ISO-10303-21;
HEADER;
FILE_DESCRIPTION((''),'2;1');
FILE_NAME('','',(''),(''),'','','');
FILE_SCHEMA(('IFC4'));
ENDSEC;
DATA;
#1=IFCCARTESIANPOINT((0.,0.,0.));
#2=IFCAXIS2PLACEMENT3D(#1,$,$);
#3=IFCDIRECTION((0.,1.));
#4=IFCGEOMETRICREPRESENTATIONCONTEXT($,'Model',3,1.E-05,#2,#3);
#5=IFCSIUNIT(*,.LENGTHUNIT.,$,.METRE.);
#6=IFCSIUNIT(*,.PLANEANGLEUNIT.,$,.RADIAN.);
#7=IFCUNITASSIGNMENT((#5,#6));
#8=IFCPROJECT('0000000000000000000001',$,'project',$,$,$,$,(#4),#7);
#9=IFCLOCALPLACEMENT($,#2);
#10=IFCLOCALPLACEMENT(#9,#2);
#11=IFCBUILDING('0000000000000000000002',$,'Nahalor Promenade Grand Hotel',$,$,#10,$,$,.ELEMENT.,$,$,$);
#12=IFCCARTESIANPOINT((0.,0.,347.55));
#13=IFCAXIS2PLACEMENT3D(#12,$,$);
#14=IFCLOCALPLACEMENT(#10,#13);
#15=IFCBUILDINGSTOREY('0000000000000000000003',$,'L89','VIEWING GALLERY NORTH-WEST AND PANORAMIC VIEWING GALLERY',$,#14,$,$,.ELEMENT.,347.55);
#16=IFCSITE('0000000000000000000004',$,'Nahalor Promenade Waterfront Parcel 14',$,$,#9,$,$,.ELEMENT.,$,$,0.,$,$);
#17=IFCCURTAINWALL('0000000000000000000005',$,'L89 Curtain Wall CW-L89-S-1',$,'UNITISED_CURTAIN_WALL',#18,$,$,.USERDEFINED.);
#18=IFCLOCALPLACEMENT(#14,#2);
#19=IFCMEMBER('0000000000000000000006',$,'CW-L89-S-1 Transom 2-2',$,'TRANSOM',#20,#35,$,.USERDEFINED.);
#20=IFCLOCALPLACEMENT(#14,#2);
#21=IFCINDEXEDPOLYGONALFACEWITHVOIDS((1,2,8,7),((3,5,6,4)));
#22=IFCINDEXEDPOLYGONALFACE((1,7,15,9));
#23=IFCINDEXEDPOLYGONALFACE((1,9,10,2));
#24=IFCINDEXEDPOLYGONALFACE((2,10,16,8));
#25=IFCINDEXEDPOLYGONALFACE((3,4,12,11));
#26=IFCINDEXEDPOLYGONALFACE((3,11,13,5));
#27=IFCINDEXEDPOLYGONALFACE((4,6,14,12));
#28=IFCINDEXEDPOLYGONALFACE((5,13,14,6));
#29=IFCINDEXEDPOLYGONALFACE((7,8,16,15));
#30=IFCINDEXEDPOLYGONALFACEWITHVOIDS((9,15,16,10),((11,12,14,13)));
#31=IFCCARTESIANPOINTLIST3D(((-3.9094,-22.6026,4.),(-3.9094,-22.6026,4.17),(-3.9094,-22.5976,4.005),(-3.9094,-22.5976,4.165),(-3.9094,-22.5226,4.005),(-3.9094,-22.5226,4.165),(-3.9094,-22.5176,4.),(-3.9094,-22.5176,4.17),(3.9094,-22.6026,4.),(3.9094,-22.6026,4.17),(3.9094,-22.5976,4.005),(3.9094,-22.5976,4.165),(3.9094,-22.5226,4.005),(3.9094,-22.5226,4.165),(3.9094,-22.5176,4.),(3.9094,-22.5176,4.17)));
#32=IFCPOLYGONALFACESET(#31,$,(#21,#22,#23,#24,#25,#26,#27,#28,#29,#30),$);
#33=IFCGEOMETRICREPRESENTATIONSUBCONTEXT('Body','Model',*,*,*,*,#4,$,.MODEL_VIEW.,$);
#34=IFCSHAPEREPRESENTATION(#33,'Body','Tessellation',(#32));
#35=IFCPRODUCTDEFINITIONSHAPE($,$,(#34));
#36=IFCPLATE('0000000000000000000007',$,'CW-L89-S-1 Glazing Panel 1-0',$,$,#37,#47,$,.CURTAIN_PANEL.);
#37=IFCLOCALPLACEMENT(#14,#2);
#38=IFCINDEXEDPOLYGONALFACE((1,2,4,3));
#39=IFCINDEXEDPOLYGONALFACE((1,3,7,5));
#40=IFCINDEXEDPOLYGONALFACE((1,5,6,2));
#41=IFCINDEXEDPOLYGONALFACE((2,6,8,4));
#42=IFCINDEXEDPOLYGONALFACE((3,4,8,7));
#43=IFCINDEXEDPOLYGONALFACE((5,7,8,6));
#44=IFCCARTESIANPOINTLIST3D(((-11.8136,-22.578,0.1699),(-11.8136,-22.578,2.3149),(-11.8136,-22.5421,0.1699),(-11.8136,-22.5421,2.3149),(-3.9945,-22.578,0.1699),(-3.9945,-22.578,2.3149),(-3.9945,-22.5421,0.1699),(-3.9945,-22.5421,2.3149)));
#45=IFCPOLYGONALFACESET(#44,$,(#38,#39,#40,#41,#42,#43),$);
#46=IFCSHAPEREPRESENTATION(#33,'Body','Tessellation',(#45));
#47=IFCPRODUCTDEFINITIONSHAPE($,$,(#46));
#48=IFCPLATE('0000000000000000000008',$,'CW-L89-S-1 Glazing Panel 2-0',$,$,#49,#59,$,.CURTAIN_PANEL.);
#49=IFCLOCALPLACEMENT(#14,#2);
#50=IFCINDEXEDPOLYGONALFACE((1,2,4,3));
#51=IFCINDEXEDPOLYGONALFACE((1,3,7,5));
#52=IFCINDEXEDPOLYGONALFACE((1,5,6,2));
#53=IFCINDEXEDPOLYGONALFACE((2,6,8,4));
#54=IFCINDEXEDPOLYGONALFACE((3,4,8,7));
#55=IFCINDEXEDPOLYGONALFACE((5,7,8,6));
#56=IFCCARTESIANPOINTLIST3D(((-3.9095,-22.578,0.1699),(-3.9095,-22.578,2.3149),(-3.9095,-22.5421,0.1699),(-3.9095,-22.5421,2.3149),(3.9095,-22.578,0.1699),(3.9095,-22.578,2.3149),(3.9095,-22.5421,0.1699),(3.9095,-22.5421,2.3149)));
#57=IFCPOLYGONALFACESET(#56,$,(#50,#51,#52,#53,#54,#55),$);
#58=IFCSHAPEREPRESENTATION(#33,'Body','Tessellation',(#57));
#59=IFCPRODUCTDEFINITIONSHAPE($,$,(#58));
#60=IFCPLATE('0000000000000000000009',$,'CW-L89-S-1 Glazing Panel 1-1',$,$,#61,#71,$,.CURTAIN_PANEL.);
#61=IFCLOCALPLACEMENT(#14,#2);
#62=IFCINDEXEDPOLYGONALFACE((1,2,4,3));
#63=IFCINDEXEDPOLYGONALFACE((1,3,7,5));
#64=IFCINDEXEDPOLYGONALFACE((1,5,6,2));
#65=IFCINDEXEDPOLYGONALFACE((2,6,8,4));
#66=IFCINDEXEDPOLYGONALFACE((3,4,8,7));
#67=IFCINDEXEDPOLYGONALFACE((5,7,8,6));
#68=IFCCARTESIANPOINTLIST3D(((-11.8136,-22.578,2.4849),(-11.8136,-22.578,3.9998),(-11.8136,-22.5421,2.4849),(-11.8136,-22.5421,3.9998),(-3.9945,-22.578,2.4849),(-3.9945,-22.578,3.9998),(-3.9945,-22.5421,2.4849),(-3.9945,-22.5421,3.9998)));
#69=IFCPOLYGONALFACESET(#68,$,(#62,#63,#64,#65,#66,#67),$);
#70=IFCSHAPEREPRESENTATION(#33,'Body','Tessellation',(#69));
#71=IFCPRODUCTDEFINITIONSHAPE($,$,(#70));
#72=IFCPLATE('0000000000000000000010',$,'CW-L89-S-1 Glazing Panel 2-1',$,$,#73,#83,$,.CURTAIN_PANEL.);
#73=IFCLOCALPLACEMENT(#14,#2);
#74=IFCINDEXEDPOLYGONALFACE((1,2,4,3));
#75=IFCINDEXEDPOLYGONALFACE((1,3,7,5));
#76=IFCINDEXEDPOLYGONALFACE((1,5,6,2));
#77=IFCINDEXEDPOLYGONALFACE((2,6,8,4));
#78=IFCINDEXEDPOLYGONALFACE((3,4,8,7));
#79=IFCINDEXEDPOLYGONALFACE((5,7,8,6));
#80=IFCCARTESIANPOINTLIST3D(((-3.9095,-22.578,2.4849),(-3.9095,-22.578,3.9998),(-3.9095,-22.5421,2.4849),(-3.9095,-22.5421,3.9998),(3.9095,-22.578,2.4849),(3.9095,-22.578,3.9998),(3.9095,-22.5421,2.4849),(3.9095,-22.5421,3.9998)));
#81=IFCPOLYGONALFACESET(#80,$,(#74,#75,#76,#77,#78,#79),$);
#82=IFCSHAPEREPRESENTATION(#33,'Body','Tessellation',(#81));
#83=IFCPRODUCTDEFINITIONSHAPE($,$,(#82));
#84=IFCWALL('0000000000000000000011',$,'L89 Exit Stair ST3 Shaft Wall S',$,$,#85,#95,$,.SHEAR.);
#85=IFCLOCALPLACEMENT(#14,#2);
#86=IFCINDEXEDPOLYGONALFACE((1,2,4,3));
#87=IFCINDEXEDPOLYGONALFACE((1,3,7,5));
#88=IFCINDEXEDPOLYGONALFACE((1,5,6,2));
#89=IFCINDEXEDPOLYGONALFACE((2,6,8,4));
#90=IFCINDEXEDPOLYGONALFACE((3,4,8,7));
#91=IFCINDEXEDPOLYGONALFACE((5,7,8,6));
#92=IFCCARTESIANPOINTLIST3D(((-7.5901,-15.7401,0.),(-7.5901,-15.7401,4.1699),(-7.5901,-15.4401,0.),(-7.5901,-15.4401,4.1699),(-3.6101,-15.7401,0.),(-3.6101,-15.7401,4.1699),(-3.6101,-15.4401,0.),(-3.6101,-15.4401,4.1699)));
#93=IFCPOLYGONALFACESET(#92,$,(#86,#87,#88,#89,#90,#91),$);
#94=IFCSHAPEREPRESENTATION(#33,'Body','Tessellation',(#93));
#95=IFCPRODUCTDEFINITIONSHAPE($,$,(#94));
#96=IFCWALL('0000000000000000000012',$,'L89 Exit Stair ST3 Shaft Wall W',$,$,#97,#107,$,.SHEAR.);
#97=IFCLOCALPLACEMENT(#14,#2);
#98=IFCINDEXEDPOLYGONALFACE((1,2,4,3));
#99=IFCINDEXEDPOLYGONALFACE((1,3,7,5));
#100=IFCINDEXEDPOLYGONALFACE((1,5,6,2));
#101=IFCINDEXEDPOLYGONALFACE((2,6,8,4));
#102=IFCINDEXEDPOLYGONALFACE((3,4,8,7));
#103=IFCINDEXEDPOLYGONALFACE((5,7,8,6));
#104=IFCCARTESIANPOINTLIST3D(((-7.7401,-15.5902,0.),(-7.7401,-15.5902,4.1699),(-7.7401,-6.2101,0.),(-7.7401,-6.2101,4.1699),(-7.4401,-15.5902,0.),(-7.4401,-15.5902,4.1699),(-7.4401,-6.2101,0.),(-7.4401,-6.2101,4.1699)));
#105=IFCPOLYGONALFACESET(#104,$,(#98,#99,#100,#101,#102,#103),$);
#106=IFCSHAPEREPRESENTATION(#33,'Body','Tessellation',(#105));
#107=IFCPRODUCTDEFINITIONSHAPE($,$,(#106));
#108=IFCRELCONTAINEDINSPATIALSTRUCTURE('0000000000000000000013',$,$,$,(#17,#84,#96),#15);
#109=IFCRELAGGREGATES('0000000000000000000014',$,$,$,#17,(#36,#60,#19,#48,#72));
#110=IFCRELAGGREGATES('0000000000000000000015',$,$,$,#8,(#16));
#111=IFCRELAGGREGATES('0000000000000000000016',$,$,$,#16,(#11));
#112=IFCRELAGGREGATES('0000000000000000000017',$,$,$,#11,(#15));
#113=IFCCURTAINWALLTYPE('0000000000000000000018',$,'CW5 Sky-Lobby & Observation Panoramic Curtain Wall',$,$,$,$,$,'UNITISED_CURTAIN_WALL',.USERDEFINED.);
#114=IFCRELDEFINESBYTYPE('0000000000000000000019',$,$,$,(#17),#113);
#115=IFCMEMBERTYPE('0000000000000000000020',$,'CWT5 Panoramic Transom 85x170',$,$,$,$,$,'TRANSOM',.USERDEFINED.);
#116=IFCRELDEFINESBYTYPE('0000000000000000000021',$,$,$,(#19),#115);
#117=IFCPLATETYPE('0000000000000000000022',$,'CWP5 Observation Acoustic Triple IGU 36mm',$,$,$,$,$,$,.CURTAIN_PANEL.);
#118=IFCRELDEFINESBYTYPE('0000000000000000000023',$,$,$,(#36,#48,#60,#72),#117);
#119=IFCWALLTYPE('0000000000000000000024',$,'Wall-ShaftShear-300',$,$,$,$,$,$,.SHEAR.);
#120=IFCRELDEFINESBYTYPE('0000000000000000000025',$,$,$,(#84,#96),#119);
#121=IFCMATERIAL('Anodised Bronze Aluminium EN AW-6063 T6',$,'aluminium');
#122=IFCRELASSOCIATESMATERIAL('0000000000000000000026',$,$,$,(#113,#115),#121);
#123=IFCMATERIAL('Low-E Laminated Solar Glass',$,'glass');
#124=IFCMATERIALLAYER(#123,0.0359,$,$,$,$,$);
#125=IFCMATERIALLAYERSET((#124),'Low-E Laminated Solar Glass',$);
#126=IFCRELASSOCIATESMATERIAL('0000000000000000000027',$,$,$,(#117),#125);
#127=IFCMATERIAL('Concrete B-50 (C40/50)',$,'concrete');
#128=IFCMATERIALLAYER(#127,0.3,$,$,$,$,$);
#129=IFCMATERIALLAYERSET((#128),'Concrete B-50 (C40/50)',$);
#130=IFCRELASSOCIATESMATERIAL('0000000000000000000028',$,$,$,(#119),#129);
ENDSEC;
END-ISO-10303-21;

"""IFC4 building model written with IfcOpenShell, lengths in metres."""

from ifc_helpers import new_model, si_unit, direction, frame, frame_2d, origin, origin_2d, place, context, subcontext, project, spatial, rectangle, hollow_rectangle, extrude, source, transform, mapped, material, layer, layer_set, material_profile, profile_set, type_object, element, aggregate, save


model = new_model("IFC4")

# Units and contexts
model_context = context("Model", 3, precision=1e-05, world=origin(), true_north=direction((0.0, 1.0)))
body_context = subcontext(model_context, "Body", "Model", "MODEL_VIEW")
ifc_project = project(units=[si_unit("LENGTHUNIT", "METRE"), si_unit("PLANEANGLEUNIT", "RADIAN")], contexts=[model_context])

# Site, building, storey
site_placement = place(None, origin())
site = spatial("IfcSite", under=ifc_project, at=site_placement, Name="Nahalor Promenade Waterfront Parcel 14", CompositionType="ELEMENT", RefElevation=0.0)
building_placement = place(site_placement, origin())
building = spatial("IfcBuilding", under=site, at=building_placement, Name="Nahalor Promenade Grand Hotel", CompositionType="ELEMENT")
storey_placement = place(building_placement, frame((0.0, 0.0, 347.55)))
storey = spatial("IfcBuildingStorey", under=building, at=storey_placement, Name="L89", Description="VIEWING GALLERY NORTH-WEST AND PANORAMIC VIEWING GALLERY", CompositionType="ELEMENT", Elevation=347.55)

# Shared definitions
ifc_material_1 = material(Name="Concrete B-50 (C40/50)", Category="concrete")

# Curtain wall, member, plates
ifc_material_2 = material(Name="Anodised Bronze Aluminium EN AW-6063 T6", Category="aluminium")
curtain_wall_type = type_object("IfcCurtainWallType", Name="CW5 Sky-Lobby & Observation Panoramic Curtain Wall", ElementType="UNITISED_CURTAIN_WALL", PredefinedType="USERDEFINED", material=ifc_material_2)
curtain_wall_placement = place(storey_placement, origin())
curtain_wall = element("IfcCurtainWall", 1, at=curtain_wall_placement, inside=storey, type_object=curtain_wall_type, Name="L89 Curtain Wall CW-L89-S-1", ObjectType="UNITISED_CURTAIN_WALL", PredefinedType="USERDEFINED")
ifc_material_profile_1 = material_profile(ifc_material_2, hollow_rectangle(XDim=0.085, YDim=0.17, WallThickness=0.005, at=origin_2d()), Name="CWT 85x170x5")
ifc_profile_set_1 = profile_set([ifc_material_profile_1], Name="Anodised Bronze Aluminium EN AW-6063 T6")
member_type_1 = type_object("IfcMemberType", Name="CWT5 Panoramic Transom 85x170", ElementType="TRANSOM", PredefinedType="USERDEFINED", material=ifc_profile_set_1)
shared_shape_1 = source(origin(), body_context, "Body", "SweptSolid", [
    extrude(hollow_rectangle(XDim=0.085, YDim=0.17, WallThickness=0.005, at=origin_2d()), origin(), (0.0, 0.0, 1.0), 7.8188),
])
member_1_placement = place(storey_placement, frame((-3.9094, -22.5601, 4.085), z_axis=(1.0, 0.0, 0.0), x_axis=(0.0, 1.0, 0.0)))
member_1 = element("IfcMember", 2, at=member_1_placement, type_object=member_type_1, Name="CW-L89-S-1 Transom 2-2", ObjectType="TRANSOM", PredefinedType="USERDEFINED", context=body_context, shape_type="MappedRepresentation", body=[
    mapped(shared_shape_1, transform((0.0, 0.0, 0.0), scale=1.0)),
])
ifc_material_3 = material(Name="Low-E Laminated Solar Glass", Category="glass")
ifc_layer_1 = layer(ifc_material_3, 0.0359)
ifc_layer_set_1 = layer_set([ifc_layer_1], Name="Low-E Laminated Solar Glass")
plate_type = type_object("IfcPlateType", Name="CWP5 Observation Acoustic Triple IGU 36mm", PredefinedType="CURTAIN_PANEL", material=ifc_layer_set_1)
shared_shape_2 = source(origin(), body_context, "Body", "SweptSolid", [
    extrude(rectangle(XDim=7.8191, YDim=0.0359, at=origin_2d()), origin(), (0.0, 0.0, 1.0), 2.145),
])
plate_1_placement = place(storey_placement, frame((-7.9041, -22.5601, 0.1699), z_axis=(0.0, 0.0, 1.0), x_axis=(1.0, 0.0, 0.0)))
plate_1 = element("IfcPlate", 3, at=plate_1_placement, type_object=plate_type, Name="CW-L89-S-1 Glazing Panel 1-0", PredefinedType="CURTAIN_PANEL", context=body_context, shape_type="MappedRepresentation", body=[
    mapped(shared_shape_2, transform((0.0, 0.0, 0.0), scale=1.0)),
])
plate_2_placement = place(storey_placement, frame((0.0, -22.5601, 0.1699), z_axis=(0.0, 0.0, 1.0), x_axis=(1.0, 0.0, 0.0)))
plate_2 = element("IfcPlate", 4, at=plate_2_placement, type_object=plate_type, Name="CW-L89-S-1 Glazing Panel 2-0", PredefinedType="CURTAIN_PANEL", context=body_context, shape_type="MappedRepresentation", body=[
    mapped(shared_shape_2, transform((0.0, 0.0, 0.0), scale=1.0)),
])
shared_shape_3 = source(origin(), body_context, "Body", "SweptSolid", [
    extrude(rectangle(XDim=7.8191, YDim=0.0359, at=origin_2d()), origin(), (0.0, 0.0, 1.0), 1.5149),
])
plate_3_placement = place(storey_placement, frame((-7.9041, -22.5601, 2.4849), z_axis=(0.0, 0.0, 1.0), x_axis=(1.0, 0.0, 0.0)))
plate_3 = element("IfcPlate", 5, at=plate_3_placement, type_object=plate_type, Name="CW-L89-S-1 Glazing Panel 1-1", PredefinedType="CURTAIN_PANEL", context=body_context, shape_type="MappedRepresentation", body=[
    mapped(shared_shape_3, transform((0.0, 0.0, 0.0), scale=1.0)),
])
plate_4_placement = place(storey_placement, frame((0.0, -22.5601, 2.4849), z_axis=(0.0, 0.0, 1.0), x_axis=(1.0, 0.0, 0.0)))
plate_4 = element("IfcPlate", 6, at=plate_4_placement, type_object=plate_type, Name="CW-L89-S-1 Glazing Panel 2-1", PredefinedType="CURTAIN_PANEL", context=body_context, shape_type="MappedRepresentation", body=[
    mapped(shared_shape_3, transform((0.0, 0.0, 0.0), scale=1.0)),
])
aggregate(curtain_wall, [plate_1, plate_3, member_1, plate_2, plate_4])

# Walls
ifc_layer_2 = layer(ifc_material_1, 0.3)
ifc_layer_set_2 = layer_set([ifc_layer_2], Name="Concrete B-50 (C40/50)")
wall_type = type_object("IfcWallType", Name="Wall-ShaftShear-300", PredefinedType="SHEAR", material=ifc_layer_set_2)
shared_shape_4 = source(origin(), body_context, "Body", "SweptSolid", [
    extrude(rectangle(XDim=3.98, YDim=0.3, at=frame_2d((1.99, 0.0))), origin(), (0.0, 0.0, 1.0), 4.1699),
])
wall_1_placement = place(storey_placement, frame((-7.5901, -15.5901, 0.0), z_axis=(0.0, 0.0, 1.0), x_axis=(1.0, 0.0, 0.0)))
element("IfcWall", 7, at=wall_1_placement, inside=storey, type_object=wall_type, Name="L89 Exit Stair ST3 Shaft Wall S", PredefinedType="SHEAR", context=body_context, shape_type="MappedRepresentation", body=[
    mapped(shared_shape_4, transform((0.0, 0.0, 0.0), scale=1.0)),
])
shared_shape_5 = source(origin(), body_context, "Body", "SweptSolid", [
    extrude(rectangle(XDim=9.3801, YDim=0.3, at=frame_2d((4.6899, 0.0))), origin(), (0.0, 0.0, 1.0), 4.1699),
])
wall_2_placement = place(storey_placement, frame((-7.5901, -15.5901, 0.0), z_axis=(0.0, 0.0, 1.0), x_axis=(0.0, 1.0, 0.0)))
element("IfcWall", 8, at=wall_2_placement, inside=storey, type_object=wall_type, Name="L89 Exit Stair ST3 Shaft Wall W", PredefinedType="SHEAR", context=body_context, shape_type="MappedRepresentation", body=[
    mapped(shared_shape_5, transform((0.0, 0.0, 0.0), scale=1.0)),
])

save(model, "model.ifc")
